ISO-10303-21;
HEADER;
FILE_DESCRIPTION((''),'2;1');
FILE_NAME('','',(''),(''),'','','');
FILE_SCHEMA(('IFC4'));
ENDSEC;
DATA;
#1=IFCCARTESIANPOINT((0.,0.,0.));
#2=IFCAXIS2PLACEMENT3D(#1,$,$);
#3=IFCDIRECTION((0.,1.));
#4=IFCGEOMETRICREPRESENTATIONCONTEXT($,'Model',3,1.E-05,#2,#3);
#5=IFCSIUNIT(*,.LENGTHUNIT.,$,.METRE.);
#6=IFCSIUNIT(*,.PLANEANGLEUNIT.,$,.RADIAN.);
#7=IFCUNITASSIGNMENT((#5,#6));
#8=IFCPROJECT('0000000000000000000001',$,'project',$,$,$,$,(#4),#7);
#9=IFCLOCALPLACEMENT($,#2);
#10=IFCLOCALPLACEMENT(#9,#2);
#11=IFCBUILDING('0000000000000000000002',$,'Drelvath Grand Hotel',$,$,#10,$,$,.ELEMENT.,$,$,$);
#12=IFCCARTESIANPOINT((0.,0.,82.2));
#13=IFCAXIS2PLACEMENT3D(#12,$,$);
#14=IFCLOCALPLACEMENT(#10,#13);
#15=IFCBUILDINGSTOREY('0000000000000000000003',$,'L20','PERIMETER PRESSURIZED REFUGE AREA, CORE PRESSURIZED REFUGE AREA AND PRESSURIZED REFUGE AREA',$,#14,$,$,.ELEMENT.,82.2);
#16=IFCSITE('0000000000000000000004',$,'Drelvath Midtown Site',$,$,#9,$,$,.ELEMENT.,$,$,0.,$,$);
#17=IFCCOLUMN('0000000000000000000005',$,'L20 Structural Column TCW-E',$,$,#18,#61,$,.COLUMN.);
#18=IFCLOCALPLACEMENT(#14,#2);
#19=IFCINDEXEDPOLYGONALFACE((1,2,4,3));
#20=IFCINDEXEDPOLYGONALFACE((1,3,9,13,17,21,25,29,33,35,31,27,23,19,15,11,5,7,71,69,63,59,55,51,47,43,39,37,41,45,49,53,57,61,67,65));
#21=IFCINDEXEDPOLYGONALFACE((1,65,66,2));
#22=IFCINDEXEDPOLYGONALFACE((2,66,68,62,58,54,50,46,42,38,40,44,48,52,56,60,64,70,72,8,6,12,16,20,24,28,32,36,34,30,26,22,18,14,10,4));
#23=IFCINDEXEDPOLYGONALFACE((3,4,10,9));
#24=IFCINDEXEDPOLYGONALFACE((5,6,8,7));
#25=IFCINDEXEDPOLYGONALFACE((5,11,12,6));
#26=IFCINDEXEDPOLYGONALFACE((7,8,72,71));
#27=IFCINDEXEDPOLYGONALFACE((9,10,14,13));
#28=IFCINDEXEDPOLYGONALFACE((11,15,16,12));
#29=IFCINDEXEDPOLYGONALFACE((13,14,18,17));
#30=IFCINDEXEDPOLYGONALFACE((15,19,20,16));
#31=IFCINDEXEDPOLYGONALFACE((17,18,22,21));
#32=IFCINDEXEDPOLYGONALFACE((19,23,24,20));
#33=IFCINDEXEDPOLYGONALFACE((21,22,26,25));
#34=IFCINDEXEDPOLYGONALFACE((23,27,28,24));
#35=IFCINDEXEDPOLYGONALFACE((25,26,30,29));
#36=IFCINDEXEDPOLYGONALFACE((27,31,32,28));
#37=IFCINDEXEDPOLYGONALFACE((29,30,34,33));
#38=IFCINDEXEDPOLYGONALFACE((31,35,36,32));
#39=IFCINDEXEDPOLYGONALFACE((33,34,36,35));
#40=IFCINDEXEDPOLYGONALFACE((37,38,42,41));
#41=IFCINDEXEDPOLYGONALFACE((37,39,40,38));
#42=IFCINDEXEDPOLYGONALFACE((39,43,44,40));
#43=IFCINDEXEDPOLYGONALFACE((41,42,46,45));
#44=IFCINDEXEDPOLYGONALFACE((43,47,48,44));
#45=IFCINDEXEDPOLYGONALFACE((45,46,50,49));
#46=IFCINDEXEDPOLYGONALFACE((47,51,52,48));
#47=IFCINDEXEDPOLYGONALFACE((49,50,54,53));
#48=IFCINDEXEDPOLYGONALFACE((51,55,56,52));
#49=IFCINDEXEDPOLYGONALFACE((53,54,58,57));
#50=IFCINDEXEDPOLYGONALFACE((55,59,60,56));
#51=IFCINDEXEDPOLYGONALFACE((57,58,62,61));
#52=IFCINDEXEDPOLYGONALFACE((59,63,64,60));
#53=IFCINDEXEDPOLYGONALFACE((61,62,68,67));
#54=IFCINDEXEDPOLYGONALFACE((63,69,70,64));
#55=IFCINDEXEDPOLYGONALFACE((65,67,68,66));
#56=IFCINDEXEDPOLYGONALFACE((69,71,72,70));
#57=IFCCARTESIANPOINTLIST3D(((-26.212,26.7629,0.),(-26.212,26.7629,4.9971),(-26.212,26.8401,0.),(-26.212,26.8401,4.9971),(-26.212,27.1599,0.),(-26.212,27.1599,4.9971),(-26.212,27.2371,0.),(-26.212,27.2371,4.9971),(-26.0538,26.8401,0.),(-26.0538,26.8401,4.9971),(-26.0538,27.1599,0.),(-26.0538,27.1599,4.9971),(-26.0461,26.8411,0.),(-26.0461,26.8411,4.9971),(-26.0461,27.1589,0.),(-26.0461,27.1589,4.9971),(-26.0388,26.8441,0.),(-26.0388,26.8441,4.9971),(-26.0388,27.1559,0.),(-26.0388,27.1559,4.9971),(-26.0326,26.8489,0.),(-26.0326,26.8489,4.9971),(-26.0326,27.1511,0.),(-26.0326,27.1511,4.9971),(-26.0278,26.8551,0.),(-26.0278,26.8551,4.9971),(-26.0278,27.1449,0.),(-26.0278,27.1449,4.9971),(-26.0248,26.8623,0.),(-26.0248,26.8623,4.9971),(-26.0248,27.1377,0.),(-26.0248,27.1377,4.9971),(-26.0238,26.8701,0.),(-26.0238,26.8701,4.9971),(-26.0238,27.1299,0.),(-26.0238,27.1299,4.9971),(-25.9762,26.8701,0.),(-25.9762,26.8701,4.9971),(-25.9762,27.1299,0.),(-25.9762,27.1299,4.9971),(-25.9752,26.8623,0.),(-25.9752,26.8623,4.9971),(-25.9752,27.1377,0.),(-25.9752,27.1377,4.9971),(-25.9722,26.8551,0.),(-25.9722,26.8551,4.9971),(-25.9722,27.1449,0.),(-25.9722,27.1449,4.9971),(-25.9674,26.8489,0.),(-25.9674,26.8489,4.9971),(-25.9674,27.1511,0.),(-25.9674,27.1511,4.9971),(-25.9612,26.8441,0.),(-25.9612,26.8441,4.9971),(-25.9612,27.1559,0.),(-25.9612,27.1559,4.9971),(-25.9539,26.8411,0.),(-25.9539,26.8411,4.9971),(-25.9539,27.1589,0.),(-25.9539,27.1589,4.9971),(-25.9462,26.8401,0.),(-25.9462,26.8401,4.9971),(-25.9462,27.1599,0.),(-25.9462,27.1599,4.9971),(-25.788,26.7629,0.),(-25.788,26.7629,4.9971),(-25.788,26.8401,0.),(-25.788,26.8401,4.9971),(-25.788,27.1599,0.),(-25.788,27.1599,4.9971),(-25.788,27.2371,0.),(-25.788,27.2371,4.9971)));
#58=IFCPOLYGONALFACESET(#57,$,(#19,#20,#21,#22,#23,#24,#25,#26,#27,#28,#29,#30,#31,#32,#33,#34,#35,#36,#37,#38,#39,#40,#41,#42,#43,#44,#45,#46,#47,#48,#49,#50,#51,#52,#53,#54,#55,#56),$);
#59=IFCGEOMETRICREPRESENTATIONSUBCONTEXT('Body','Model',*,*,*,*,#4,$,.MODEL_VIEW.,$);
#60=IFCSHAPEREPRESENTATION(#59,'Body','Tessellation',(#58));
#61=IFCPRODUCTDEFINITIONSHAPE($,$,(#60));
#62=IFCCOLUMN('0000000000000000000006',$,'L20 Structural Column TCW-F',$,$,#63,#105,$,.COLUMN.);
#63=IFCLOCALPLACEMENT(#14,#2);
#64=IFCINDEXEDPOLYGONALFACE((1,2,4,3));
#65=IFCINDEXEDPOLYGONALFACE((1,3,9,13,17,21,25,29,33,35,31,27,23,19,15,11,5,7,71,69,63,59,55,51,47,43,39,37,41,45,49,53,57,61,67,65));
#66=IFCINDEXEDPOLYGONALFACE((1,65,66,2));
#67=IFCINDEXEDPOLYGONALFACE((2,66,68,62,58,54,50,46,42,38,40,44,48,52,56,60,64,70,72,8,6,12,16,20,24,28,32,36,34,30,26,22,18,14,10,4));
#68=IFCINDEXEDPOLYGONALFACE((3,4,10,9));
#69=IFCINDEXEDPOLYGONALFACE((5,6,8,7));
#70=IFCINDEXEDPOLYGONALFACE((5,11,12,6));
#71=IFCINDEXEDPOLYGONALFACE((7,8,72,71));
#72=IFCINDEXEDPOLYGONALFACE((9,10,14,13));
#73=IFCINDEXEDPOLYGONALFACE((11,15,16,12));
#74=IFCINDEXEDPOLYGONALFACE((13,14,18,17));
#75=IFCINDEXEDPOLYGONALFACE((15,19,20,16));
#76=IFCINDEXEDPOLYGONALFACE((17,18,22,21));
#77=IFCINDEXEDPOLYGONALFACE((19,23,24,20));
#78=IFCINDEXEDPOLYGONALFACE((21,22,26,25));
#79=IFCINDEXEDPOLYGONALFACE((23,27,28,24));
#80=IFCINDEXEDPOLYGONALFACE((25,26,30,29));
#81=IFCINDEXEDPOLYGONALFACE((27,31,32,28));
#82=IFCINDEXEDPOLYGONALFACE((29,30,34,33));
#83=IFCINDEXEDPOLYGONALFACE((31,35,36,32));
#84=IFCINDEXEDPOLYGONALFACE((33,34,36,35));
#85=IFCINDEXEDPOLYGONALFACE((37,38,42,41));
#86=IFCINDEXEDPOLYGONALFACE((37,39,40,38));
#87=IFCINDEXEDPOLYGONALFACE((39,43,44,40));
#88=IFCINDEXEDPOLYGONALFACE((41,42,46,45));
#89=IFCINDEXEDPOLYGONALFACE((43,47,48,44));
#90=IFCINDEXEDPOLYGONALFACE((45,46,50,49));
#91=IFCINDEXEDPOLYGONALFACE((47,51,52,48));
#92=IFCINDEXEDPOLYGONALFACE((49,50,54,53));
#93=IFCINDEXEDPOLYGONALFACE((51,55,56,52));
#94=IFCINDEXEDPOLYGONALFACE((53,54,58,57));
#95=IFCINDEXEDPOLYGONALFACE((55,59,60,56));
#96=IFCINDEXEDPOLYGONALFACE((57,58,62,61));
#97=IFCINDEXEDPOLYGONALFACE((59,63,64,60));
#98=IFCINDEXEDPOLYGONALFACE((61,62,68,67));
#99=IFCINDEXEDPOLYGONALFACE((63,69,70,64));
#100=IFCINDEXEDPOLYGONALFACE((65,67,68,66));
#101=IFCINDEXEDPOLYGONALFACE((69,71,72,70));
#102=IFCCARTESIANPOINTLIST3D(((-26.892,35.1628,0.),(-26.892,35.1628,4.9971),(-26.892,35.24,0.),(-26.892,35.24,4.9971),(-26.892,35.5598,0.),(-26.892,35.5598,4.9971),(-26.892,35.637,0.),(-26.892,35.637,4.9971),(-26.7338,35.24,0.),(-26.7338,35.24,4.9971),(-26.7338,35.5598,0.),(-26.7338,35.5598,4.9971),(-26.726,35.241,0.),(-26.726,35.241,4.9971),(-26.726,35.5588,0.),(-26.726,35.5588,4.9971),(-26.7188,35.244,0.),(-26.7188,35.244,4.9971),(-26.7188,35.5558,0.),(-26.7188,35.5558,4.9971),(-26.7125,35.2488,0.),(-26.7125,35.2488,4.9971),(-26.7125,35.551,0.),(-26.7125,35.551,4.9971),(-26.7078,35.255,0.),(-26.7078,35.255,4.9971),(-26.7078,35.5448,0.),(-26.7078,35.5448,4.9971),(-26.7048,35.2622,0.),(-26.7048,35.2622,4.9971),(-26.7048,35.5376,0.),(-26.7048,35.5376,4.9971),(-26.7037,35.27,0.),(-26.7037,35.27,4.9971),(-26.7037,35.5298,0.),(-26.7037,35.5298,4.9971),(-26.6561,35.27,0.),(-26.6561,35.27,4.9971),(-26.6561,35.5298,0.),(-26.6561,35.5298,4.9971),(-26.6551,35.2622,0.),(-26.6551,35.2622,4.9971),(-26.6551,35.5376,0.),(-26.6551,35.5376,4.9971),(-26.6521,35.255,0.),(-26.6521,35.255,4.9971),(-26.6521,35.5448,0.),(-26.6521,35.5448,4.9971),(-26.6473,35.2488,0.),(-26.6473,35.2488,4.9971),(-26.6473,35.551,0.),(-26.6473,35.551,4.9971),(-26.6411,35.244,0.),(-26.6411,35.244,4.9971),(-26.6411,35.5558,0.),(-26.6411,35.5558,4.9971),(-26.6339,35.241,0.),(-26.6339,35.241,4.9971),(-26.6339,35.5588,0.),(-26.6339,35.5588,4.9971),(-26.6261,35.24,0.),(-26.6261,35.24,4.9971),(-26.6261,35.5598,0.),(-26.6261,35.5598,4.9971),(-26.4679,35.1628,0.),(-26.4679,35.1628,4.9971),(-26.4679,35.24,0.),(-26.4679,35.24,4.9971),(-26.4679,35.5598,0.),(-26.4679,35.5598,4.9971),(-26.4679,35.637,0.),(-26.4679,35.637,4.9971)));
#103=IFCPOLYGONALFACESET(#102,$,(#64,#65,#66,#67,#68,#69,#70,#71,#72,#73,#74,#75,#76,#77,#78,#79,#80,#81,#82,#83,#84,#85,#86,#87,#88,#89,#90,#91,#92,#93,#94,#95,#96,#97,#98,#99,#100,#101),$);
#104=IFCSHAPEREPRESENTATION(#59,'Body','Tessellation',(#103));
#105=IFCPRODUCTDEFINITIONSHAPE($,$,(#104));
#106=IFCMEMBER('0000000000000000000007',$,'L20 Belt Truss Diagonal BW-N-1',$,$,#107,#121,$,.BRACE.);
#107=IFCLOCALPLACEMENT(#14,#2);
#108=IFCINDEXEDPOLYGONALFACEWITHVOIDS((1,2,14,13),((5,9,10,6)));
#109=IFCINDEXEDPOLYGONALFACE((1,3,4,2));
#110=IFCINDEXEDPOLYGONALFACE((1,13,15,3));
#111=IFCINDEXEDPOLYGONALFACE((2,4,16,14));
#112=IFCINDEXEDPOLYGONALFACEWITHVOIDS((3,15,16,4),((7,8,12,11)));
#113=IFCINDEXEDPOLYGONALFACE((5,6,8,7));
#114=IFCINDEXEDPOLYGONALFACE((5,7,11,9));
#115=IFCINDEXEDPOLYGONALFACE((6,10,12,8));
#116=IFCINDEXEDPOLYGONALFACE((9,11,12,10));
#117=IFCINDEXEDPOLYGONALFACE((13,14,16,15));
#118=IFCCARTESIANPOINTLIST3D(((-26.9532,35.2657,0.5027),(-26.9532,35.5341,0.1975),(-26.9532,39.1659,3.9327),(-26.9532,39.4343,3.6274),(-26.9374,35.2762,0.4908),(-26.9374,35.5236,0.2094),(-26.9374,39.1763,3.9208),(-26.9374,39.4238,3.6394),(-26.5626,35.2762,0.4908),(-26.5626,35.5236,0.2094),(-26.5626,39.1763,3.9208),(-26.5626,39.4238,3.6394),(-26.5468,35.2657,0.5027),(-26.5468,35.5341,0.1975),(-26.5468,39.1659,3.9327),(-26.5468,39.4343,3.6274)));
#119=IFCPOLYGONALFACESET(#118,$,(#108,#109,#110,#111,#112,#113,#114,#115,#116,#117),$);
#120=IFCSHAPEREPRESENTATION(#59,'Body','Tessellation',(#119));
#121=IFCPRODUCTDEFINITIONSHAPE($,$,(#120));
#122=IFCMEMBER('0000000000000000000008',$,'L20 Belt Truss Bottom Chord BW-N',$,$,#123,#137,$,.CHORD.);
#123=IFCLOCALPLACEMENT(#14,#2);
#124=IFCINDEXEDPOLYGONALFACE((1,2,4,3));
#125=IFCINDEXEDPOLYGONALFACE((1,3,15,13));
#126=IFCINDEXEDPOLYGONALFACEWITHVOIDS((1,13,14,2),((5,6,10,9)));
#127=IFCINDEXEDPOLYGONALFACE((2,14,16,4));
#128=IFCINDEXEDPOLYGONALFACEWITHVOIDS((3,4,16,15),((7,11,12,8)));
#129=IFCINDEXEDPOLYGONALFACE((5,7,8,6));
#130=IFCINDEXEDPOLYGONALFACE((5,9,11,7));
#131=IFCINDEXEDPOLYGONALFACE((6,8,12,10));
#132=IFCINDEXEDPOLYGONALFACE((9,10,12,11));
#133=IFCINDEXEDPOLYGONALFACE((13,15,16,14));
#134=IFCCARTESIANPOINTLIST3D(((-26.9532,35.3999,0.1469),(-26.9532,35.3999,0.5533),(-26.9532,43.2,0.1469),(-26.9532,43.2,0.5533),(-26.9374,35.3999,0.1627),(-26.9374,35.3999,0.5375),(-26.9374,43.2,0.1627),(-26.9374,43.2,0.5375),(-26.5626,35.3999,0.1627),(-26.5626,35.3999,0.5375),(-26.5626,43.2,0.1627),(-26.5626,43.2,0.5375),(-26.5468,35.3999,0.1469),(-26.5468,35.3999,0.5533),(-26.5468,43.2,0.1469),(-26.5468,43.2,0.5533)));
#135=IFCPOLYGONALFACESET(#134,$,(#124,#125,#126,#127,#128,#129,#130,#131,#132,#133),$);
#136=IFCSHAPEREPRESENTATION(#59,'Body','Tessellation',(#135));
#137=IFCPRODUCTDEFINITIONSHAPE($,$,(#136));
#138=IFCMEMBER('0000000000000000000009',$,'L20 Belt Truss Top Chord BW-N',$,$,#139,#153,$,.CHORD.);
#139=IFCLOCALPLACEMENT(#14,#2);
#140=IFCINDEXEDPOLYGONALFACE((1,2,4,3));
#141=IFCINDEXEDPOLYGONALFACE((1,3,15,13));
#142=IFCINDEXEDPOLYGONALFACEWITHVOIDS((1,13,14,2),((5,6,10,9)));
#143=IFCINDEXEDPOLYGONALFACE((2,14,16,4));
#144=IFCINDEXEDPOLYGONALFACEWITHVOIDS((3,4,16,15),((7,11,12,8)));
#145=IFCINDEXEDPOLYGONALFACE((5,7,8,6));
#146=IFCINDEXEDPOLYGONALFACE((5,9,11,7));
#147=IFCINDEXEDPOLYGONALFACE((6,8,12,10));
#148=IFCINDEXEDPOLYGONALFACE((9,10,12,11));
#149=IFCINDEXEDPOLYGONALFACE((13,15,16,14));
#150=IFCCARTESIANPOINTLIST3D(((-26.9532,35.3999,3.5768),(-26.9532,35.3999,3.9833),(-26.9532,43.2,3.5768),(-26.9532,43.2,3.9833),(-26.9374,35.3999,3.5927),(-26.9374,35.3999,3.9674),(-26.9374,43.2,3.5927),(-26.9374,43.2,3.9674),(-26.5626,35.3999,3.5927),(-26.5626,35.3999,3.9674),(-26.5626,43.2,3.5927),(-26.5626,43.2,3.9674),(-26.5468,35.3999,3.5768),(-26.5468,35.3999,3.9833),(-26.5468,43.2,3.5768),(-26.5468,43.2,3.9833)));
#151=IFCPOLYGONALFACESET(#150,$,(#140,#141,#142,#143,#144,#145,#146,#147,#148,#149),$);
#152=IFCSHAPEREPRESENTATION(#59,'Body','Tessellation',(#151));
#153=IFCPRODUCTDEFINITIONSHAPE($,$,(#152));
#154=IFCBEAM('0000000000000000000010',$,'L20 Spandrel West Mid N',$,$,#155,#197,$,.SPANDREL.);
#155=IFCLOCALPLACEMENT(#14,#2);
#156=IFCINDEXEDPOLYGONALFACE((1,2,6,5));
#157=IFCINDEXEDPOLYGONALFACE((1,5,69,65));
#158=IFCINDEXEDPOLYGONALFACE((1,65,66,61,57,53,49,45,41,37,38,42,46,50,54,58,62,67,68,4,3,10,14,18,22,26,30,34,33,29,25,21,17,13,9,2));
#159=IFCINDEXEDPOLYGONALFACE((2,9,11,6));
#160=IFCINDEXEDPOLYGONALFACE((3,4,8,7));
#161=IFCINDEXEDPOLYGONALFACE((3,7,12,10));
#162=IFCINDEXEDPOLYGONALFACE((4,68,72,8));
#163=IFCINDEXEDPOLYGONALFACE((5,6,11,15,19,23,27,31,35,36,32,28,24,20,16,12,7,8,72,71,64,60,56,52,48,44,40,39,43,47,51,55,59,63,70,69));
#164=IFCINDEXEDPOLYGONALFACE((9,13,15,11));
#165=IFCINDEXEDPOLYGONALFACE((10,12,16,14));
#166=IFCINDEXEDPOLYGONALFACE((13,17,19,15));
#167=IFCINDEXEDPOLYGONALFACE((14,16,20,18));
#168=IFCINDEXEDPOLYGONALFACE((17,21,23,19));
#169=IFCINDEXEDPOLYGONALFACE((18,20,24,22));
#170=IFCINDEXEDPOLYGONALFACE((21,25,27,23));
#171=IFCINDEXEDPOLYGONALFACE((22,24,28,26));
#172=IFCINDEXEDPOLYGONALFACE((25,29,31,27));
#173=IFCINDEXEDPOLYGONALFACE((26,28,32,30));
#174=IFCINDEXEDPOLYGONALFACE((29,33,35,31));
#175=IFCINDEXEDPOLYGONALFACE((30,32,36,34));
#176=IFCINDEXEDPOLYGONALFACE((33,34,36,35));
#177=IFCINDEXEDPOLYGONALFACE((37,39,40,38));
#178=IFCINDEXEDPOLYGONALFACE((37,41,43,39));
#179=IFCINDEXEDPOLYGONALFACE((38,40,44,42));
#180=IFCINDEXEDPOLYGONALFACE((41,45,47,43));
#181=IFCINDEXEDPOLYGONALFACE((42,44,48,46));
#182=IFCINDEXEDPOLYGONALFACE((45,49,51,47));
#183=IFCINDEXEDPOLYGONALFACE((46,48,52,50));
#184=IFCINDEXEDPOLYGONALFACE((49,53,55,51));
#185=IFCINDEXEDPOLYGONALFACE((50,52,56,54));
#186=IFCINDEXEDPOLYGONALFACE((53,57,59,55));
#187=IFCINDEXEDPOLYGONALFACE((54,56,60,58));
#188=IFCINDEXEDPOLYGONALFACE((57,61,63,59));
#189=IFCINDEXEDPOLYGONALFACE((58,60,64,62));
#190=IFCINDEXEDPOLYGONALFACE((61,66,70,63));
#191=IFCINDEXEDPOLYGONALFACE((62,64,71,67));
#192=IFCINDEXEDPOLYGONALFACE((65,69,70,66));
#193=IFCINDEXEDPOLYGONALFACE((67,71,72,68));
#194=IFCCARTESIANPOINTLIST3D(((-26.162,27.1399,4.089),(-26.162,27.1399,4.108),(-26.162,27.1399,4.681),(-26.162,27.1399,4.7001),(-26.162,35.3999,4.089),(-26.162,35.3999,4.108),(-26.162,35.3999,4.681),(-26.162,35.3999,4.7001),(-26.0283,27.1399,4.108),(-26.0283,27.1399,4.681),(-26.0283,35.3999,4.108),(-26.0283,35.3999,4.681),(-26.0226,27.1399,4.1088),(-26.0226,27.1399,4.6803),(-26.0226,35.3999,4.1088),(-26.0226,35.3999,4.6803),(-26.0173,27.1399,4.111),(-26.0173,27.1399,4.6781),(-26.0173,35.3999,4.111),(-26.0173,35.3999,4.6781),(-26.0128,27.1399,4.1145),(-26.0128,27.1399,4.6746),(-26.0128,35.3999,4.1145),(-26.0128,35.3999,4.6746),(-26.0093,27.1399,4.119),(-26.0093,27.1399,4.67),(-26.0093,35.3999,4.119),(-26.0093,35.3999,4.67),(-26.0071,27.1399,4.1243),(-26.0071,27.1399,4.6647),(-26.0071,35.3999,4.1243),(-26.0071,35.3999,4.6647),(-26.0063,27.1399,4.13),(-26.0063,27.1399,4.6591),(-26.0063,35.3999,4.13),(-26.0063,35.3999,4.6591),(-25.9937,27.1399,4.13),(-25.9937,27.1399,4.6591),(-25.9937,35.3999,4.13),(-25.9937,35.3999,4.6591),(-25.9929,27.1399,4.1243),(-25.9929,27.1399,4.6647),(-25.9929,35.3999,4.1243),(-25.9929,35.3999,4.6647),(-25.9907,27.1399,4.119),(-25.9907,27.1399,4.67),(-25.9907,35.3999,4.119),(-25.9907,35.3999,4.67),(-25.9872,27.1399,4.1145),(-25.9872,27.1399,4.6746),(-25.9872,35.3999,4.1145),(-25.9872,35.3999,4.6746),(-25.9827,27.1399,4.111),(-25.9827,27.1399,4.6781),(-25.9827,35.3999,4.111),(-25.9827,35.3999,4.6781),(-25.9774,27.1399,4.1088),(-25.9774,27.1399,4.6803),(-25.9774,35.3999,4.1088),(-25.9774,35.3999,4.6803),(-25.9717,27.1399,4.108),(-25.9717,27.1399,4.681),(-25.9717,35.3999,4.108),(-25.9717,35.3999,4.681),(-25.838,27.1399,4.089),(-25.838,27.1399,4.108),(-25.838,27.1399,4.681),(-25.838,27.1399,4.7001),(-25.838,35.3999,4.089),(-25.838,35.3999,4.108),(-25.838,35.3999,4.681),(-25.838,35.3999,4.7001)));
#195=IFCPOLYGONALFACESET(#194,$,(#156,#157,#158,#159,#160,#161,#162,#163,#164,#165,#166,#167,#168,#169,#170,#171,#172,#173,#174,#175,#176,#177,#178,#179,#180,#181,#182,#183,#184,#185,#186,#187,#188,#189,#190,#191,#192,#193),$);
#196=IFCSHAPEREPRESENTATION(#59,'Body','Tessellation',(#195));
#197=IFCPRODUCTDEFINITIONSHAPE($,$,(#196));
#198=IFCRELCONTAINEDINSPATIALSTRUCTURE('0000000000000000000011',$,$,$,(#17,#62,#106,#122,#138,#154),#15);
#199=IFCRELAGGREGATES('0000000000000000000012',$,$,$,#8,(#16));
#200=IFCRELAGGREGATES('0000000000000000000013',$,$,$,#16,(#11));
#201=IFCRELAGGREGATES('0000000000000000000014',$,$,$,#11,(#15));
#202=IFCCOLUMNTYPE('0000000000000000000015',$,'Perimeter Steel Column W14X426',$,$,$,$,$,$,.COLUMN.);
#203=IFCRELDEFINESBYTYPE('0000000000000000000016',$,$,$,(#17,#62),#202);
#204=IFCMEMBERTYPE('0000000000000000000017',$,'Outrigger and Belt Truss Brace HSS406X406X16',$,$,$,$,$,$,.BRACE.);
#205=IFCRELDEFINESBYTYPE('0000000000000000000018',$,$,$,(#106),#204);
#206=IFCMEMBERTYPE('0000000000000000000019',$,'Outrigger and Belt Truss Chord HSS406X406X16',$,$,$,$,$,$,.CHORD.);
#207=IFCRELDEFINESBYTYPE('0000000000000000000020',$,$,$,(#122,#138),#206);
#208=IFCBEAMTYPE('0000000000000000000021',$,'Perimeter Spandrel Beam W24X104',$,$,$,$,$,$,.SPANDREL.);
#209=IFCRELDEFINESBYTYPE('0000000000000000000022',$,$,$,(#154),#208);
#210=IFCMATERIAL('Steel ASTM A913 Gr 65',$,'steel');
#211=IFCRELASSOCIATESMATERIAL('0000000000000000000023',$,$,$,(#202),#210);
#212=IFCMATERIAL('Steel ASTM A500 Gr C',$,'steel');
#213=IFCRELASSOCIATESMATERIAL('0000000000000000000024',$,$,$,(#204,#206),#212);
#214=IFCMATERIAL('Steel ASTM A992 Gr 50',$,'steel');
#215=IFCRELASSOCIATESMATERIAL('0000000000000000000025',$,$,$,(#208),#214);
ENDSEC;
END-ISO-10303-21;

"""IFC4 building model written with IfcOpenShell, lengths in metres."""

from ifc_helpers import new_model, si_unit, direction, frame, origin, origin_2d, place, context, subcontext, project, spatial, hollow_rectangle, i_section, extrude, material, material_profile, profile_set, type_object, element, save


model = new_model("IFC4")

# Units and contexts
model_context = context("Model", 3, precision=1e-05, world=origin(), true_north=direction((0.0, 1.0)))
body_context = subcontext(model_context, "Body", "Model", "MODEL_VIEW")
ifc_project = project(units=[si_unit("LENGTHUNIT", "METRE"), si_unit("PLANEANGLEUNIT", "RADIAN")], contexts=[model_context])

# Site, building, storey
site_placement = place(None, origin())
site = spatial("IfcSite", under=ifc_project, at=site_placement, Name="Drelvath Midtown Site", CompositionType="ELEMENT", RefElevation=0.0)
building_placement = place(site_placement, origin())
building = spatial("IfcBuilding", under=site, at=building_placement, Name="Drelvath Grand Hotel", CompositionType="ELEMENT")
storey_placement = place(building_placement, frame((0.0, 0.0, 82.2)))
storey = spatial("IfcBuildingStorey", under=building, at=storey_placement, Name="L20", Description="PERIMETER PRESSURIZED REFUGE AREA, CORE PRESSURIZED REFUGE AREA AND PRESSURIZED REFUGE AREA", CompositionType="ELEMENT", Elevation=82.2)

# Columns
ifc_material_1 = material(Name="Steel ASTM A913 Gr 65", Category="steel")
ifc_material_profile_1 = material_profile(ifc_material_1, i_section(OverallWidth=0.4241, OverallDepth=0.4741, WebThickness=0.0476, FlangeThickness=0.0771, FilletRadius=0.03, at=origin_2d()), Name="W14X426")
ifc_profile_set_1 = profile_set([ifc_material_profile_1], Name="Steel ASTM A913 Gr 65")
column_type = type_object("IfcColumnType", Name="Perimeter Steel Column W14X426", PredefinedType="COLUMN", material=ifc_profile_set_1)
for number, where, z_axis, x_axis, name in (
    (1, (-26.0, 27.0, 0.0), (0.0, 0.0, 1.0), (1.0, 0.0, 0.0), "L20 Structural Column TCW-E"),
    (2, (-26.6799, 35.3999, 0.0), (0.0, 0.0, 1.0), (1.0, 0.0, 0.0), "L20 Structural Column TCW-F"),
):
    element("IfcColumn", number, at=place(storey_placement, frame(where, z_axis=z_axis, x_axis=x_axis)), inside=storey, type_object=column_type, Name=name, PredefinedType="COLUMN", context=body_context, shape_type="SweptSolid", body=[
        extrude(i_section(OverallWidth=0.4241, OverallDepth=0.4741, WebThickness=0.0476, FlangeThickness=0.0771, FilletRadius=0.03, at=origin_2d()), origin(), (0.0, 0.0, 1.0), 4.9971),
    ])

# Members
ifc_material_2 = material(Name="Steel ASTM A500 Gr C", Category="steel")
ifc_material_profile_2 = material_profile(ifc_material_2, hollow_rectangle(XDim=0.4065, YDim=0.4065, WallThickness=0.0159, at=origin_2d()), Name="HSS406X406X16")
ifc_profile_set_2 = profile_set([ifc_material_profile_2], Name="Steel ASTM A500 Gr C")
member_type_1 = type_object("IfcMemberType", Name="Outrigger and Belt Truss Brace HSS406X406X16", PredefinedType="BRACE", material=ifc_profile_set_2)
member_placement = place(storey_placement, frame((-26.75, 35.3999, 0.3501), z_axis=(0.0, 0.750923, 0.660389), x_axis=(-1.0, 0.0, 0.0)))
element("IfcMember", 3, at=member_placement, inside=storey, type_object=member_type_1, Name="L20 Belt Truss Diagonal BW-N-1", PredefinedType="BRACE", context=body_context, shape_type="SweptSolid", body=[
    extrude(hollow_rectangle(XDim=0.4065, YDim=0.4065, WallThickness=0.0159, at=origin_2d()), origin(), (0.0, 0.0, 1.0), 5.1938),
])
ifc_material_profile_3 = material_profile(ifc_material_2, hollow_rectangle(XDim=0.4065, YDim=0.4065, WallThickness=0.0159, at=origin_2d()), Name="HSS406X406X16")
ifc_profile_set_3 = profile_set([ifc_material_profile_3], Name="Steel ASTM A500 Gr C")
member_type_2 = type_object("IfcMemberType", Name="Outrigger and Belt Truss Chord HSS406X406X16", PredefinedType="CHORD", material=ifc_profile_set_3)
for number, where, z_axis, x_axis, name in (
    (4, (-26.75, 35.3999, 0.3501), (0.0, 1.0, 0.0), (-1.0, 0.0, 0.0), "L20 Belt Truss Bottom Chord BW-N"),
    (5, (-26.75, 35.3999, 3.78), (0.0, 1.0, 0.0), (-1.0, 0.0, 0.0), "L20 Belt Truss Top Chord BW-N"),
):
    element("IfcMember", number, at=place(storey_placement, frame(where, z_axis=z_axis, x_axis=x_axis)), inside=storey, type_object=member_type_2, Name=name, PredefinedType="CHORD", context=body_context, shape_type="SweptSolid", body=[
        extrude(hollow_rectangle(XDim=0.4065, YDim=0.4065, WallThickness=0.0159, at=origin_2d()), origin(), (0.0, 0.0, 1.0), 7.8),
    ])

# Beam
ifc_material_3 = material(Name="Steel ASTM A992 Gr 50", Category="steel")
ifc_material_profile_4 = material_profile(ifc_material_3, i_section(OverallWidth=0.324, OverallDepth=0.6111, WebThickness=0.0127, FlangeThickness=0.019, FilletRadius=0.022, at=origin_2d()), Name="W24X104")
ifc_profile_set_4 = profile_set([ifc_material_profile_4], Name="Steel ASTM A992 Gr 50")
beam_type_1 = type_object("IfcBeamType", Name="Perimeter Spandrel Beam W24X104", PredefinedType="SPANDREL", material=ifc_profile_set_4)
beam_1_placement = place(storey_placement, frame((-26.0, 27.1399, 4.3945), z_axis=(0.0, 1.0, 0.0), x_axis=(-1.0, 0.0, 0.0)))
element("IfcBeam", 6, at=beam_1_placement, inside=storey, type_object=beam_type_1, Name="L20 Spandrel West Mid N", PredefinedType="SPANDREL", context=body_context, shape_type="SweptSolid", body=[
    extrude(i_section(OverallWidth=0.324, OverallDepth=0.6111, WebThickness=0.0127, FlangeThickness=0.019, FilletRadius=0.022, at=origin_2d()), origin(), (0.0, 0.0, 1.0), 8.26),
])

save(model, "model.ifc")
